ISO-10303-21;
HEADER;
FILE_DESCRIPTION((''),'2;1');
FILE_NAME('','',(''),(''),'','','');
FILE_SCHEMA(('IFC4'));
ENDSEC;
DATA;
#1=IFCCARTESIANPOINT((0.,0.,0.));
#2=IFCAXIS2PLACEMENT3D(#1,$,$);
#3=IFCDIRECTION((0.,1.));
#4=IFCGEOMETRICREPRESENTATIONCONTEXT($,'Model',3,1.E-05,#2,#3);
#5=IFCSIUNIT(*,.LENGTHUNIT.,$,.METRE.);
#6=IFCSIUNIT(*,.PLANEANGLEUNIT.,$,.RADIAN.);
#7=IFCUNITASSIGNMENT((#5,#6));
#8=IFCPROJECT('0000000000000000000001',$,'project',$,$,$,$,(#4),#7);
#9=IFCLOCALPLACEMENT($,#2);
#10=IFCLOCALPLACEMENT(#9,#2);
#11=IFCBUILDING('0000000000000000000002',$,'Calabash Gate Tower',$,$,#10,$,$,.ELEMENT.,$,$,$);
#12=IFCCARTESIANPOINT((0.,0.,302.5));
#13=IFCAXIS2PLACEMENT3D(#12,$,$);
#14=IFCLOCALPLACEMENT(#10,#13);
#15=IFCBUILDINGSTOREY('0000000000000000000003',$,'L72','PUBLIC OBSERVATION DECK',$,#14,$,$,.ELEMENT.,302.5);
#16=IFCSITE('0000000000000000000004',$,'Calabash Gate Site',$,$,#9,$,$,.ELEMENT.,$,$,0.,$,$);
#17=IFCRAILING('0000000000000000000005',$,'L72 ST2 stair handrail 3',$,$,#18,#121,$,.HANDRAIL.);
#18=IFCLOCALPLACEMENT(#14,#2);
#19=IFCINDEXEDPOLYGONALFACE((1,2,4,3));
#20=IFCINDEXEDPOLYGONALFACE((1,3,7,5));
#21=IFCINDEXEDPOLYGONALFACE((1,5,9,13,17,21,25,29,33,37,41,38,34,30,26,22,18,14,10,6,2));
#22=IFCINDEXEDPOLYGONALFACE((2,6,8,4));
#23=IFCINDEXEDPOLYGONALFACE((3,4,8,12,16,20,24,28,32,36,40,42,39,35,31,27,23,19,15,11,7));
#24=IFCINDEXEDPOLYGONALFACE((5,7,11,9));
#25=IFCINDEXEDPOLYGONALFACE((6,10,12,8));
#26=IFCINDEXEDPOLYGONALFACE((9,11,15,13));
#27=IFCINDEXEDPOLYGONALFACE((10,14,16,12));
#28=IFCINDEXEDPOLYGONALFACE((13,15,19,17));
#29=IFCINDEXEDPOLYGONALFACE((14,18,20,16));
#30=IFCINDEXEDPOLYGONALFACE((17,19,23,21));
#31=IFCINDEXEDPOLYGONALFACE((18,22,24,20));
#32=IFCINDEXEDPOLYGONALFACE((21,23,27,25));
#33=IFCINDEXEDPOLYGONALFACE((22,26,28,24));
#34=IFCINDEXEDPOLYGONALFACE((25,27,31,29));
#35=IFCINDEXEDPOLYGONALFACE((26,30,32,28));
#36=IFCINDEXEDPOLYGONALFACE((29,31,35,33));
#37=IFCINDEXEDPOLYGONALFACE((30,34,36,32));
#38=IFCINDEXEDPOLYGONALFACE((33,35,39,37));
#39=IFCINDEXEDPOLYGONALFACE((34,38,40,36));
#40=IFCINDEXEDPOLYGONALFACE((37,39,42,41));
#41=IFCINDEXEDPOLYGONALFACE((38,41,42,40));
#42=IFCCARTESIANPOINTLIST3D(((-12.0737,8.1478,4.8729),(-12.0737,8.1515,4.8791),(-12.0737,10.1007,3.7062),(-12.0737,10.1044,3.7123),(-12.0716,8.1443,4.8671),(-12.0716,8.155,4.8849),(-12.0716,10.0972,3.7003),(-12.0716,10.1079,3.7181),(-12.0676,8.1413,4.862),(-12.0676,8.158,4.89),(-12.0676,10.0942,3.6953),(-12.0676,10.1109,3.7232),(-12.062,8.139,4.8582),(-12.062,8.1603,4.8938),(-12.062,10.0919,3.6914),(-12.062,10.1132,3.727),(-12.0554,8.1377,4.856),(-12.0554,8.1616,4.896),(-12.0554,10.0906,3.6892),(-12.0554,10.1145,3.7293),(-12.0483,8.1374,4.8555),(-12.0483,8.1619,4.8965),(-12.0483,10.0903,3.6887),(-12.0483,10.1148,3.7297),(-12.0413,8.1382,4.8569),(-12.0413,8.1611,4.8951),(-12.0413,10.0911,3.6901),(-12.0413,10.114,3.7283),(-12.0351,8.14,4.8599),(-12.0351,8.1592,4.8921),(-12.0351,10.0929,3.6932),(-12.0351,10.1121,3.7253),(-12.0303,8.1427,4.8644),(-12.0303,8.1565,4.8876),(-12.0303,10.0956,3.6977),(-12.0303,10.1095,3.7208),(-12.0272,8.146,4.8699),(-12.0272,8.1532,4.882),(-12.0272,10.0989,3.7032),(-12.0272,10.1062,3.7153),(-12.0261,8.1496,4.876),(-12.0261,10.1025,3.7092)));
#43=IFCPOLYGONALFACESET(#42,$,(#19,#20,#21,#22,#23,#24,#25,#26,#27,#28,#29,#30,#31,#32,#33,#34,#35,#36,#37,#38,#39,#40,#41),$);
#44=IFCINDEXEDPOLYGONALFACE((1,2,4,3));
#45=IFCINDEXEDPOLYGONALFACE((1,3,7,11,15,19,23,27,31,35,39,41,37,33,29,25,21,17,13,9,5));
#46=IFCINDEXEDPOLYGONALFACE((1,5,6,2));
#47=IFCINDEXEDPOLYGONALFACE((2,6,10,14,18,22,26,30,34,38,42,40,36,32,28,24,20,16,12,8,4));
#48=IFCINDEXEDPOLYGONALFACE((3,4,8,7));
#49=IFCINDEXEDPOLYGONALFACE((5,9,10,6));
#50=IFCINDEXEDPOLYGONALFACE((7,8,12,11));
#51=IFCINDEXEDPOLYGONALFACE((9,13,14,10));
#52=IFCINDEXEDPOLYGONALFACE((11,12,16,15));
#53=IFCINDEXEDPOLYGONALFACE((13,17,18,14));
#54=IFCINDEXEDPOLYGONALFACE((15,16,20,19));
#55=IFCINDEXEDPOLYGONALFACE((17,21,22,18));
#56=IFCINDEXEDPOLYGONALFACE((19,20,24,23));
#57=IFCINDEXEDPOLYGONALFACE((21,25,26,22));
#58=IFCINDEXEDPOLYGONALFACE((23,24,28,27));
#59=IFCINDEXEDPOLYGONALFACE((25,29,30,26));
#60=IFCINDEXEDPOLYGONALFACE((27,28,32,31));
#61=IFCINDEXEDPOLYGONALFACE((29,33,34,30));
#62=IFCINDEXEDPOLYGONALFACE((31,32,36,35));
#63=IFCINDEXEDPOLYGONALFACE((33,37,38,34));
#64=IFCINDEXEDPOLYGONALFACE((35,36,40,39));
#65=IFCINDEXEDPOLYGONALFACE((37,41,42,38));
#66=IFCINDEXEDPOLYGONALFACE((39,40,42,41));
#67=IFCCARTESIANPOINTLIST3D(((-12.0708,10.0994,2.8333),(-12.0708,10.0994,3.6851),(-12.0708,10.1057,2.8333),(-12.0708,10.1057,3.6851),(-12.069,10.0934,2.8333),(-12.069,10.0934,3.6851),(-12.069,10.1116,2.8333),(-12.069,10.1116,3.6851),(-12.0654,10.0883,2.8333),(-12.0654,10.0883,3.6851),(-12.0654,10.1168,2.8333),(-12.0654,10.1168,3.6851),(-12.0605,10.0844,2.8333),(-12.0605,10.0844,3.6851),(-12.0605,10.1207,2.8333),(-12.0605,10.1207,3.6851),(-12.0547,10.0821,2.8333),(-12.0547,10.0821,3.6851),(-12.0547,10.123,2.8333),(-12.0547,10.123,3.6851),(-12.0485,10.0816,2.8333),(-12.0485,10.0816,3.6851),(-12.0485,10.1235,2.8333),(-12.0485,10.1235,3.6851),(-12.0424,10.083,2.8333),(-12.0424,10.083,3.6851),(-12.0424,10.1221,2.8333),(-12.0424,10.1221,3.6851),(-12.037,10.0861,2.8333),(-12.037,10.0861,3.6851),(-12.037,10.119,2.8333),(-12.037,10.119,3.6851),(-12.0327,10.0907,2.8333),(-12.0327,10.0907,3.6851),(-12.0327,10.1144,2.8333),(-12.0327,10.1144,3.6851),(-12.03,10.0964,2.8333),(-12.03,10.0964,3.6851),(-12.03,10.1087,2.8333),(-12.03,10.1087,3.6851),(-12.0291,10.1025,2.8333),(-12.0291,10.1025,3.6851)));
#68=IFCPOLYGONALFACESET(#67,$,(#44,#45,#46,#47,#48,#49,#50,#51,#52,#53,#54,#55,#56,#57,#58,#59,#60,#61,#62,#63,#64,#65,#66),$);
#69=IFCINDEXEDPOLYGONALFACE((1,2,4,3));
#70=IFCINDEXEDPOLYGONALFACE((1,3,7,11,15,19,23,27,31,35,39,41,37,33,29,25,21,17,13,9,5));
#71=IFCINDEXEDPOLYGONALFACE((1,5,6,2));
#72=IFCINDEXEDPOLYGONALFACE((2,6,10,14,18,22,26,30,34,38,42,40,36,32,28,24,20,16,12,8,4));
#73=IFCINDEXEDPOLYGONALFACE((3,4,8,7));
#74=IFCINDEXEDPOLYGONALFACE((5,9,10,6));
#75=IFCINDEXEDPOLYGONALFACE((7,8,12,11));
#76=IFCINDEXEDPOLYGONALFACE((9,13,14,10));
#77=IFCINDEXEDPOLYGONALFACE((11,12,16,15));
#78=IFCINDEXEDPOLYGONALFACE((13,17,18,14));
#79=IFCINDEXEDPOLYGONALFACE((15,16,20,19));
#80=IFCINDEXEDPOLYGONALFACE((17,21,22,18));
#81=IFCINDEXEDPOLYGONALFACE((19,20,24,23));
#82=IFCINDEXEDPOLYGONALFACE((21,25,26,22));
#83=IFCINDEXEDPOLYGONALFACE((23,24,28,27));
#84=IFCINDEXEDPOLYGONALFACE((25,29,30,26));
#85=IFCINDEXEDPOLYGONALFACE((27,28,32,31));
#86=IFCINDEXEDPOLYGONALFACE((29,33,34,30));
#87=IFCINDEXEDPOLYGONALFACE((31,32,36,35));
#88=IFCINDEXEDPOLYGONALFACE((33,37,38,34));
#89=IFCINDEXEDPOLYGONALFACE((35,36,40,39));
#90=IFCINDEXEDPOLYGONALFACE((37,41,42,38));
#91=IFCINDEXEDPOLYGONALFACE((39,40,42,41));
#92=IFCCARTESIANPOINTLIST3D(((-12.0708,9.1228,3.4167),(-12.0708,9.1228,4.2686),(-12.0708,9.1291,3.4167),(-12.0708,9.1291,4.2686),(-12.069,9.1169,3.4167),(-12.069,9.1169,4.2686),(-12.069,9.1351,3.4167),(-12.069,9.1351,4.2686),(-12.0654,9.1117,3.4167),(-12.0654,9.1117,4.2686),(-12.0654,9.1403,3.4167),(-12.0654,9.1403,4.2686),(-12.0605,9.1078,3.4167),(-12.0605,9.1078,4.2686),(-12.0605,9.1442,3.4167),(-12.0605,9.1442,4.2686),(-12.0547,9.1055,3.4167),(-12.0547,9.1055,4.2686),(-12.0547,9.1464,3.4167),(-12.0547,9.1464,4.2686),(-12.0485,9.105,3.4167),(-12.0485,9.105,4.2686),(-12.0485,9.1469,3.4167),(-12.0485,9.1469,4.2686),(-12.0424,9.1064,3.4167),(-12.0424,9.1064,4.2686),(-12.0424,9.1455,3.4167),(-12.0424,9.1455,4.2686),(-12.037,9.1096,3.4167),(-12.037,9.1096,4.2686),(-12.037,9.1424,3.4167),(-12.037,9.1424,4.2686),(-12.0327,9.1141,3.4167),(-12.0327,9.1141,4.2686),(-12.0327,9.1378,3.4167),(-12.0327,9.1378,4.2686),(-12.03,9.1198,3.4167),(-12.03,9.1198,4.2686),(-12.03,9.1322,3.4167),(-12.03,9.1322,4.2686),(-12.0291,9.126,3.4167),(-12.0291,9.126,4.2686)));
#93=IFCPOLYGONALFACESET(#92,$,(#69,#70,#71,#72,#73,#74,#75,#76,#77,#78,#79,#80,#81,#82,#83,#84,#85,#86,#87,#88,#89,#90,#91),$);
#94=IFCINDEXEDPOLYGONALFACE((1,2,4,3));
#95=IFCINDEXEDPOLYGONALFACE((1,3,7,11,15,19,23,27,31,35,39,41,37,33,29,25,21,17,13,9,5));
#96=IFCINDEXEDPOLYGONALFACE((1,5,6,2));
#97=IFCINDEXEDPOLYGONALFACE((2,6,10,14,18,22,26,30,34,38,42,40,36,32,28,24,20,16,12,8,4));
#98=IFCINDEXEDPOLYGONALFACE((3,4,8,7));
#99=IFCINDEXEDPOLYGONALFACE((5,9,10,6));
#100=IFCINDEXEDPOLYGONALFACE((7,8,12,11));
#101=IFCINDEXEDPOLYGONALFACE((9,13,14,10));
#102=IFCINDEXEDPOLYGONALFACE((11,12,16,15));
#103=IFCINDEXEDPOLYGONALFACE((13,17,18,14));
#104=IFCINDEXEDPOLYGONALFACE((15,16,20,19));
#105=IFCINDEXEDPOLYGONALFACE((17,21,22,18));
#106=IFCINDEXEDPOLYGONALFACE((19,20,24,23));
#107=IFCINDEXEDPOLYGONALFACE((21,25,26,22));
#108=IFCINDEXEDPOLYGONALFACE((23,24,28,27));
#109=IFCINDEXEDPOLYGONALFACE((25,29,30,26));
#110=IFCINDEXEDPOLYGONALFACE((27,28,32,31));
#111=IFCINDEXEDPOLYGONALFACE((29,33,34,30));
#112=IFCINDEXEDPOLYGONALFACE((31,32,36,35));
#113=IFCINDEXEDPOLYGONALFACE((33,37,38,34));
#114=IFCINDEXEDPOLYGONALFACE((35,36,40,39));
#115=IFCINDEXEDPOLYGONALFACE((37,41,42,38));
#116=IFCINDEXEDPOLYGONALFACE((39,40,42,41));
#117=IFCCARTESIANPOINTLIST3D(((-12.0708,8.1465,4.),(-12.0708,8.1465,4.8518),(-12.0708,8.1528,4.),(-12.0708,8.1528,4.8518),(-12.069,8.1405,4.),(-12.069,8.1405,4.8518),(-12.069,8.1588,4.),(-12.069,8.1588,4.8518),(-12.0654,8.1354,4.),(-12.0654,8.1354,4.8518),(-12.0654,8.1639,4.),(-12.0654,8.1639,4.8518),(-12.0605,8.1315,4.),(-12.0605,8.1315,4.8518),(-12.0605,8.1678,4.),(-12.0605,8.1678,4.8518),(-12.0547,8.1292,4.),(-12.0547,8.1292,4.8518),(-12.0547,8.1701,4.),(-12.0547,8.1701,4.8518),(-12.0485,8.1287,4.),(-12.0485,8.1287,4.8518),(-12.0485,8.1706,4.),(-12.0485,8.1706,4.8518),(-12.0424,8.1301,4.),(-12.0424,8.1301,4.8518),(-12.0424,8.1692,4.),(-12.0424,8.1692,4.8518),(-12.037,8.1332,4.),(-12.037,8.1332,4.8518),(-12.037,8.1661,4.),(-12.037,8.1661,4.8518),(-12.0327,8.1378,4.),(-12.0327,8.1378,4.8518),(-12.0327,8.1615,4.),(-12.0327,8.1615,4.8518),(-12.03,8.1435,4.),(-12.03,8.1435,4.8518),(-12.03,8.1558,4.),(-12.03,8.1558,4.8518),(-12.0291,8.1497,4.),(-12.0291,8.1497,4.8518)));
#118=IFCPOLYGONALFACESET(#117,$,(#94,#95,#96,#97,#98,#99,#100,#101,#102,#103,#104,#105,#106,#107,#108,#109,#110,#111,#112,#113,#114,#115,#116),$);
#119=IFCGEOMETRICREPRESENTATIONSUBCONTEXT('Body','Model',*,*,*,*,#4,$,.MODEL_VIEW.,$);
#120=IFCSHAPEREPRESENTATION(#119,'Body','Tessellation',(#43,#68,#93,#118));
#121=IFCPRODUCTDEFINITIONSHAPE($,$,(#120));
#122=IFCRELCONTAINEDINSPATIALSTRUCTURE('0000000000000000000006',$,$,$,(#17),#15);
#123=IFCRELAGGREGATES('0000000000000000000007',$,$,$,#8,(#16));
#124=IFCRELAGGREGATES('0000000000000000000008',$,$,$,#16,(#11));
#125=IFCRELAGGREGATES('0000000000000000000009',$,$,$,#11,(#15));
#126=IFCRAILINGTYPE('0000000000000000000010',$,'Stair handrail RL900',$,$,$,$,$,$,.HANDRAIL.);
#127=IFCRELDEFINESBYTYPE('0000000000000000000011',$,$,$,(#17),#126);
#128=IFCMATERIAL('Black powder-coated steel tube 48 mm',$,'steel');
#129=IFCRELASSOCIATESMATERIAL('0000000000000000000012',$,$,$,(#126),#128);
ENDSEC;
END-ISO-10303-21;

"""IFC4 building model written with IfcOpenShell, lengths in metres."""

from ifc_helpers import new_model, si_unit, direction, frame, origin, origin_2d, place, context, subcontext, project, spatial, circle, extrude, material, type_object, element, save


model = new_model("IFC4")

# Units and contexts
model_context = context("Model", 3, precision=1e-05, world=origin(), true_north=direction((0.0, 1.0)))
body_context = subcontext(model_context, "Body", "Model", "MODEL_VIEW")
ifc_project = project(units=[si_unit("LENGTHUNIT", "METRE"), si_unit("PLANEANGLEUNIT", "RADIAN")], contexts=[model_context])

# Site, building, storey
site_placement = place(None, origin())
site = spatial("IfcSite", under=ifc_project, at=site_placement, Name="Calabash Gate Site", CompositionType="ELEMENT", RefElevation=0.0)
building_placement = place(site_placement, origin())
building = spatial("IfcBuilding", under=site, at=building_placement, Name="Calabash Gate Tower", CompositionType="ELEMENT")
storey_placement = place(building_placement, frame((0.0, 0.0, 302.5)))
storey = spatial("IfcBuildingStorey", under=building, at=storey_placement, Name="L72", Description="PUBLIC OBSERVATION DECK", CompositionType="ELEMENT", Elevation=302.5)

# Railing
ifc_material_1 = material(Name="Black powder-coated steel tube 48 mm", Category="steel")
railing_type_1 = type_object("IfcRailingType", Name="Stair handrail RL900", PredefinedType="HANDRAIL", material=ifc_material_1)
railing_1_placement = place(storey_placement, frame((-12.05, 10.1025, 2.8333)))
element("IfcRailing", 1, at=railing_1_placement, inside=storey, type_object=railing_type_1, Name="L72 ST2 stair handrail 3", PredefinedType="HANDRAIL", context=body_context, shape_type="SweptSolid", body=[
    extrude(circle(Radius=0.0239, at=origin_2d()), frame((0.0, 0.0, 0.876), z_axis=(0.0, -0.858457, 0.512885), x_axis=(1.0, 0.0, 0.0)), (0.0, 0.0, 1.0), 2.2749),
    extrude(circle(Radius=0.021, at=origin_2d()), origin(), (0.0, 0.0, 1.0), 0.8518),
    extrude(circle(Radius=0.021, at=origin_2d()), frame((0.0, -0.9766, 0.5835)), (0.0, 0.0, 1.0), 0.8518),
    extrude(circle(Radius=0.021, at=origin_2d()), frame((0.0, -1.9529, 1.1667)), (0.0, 0.0, 1.0), 0.8518),
])

save(model, "model.ifc")
